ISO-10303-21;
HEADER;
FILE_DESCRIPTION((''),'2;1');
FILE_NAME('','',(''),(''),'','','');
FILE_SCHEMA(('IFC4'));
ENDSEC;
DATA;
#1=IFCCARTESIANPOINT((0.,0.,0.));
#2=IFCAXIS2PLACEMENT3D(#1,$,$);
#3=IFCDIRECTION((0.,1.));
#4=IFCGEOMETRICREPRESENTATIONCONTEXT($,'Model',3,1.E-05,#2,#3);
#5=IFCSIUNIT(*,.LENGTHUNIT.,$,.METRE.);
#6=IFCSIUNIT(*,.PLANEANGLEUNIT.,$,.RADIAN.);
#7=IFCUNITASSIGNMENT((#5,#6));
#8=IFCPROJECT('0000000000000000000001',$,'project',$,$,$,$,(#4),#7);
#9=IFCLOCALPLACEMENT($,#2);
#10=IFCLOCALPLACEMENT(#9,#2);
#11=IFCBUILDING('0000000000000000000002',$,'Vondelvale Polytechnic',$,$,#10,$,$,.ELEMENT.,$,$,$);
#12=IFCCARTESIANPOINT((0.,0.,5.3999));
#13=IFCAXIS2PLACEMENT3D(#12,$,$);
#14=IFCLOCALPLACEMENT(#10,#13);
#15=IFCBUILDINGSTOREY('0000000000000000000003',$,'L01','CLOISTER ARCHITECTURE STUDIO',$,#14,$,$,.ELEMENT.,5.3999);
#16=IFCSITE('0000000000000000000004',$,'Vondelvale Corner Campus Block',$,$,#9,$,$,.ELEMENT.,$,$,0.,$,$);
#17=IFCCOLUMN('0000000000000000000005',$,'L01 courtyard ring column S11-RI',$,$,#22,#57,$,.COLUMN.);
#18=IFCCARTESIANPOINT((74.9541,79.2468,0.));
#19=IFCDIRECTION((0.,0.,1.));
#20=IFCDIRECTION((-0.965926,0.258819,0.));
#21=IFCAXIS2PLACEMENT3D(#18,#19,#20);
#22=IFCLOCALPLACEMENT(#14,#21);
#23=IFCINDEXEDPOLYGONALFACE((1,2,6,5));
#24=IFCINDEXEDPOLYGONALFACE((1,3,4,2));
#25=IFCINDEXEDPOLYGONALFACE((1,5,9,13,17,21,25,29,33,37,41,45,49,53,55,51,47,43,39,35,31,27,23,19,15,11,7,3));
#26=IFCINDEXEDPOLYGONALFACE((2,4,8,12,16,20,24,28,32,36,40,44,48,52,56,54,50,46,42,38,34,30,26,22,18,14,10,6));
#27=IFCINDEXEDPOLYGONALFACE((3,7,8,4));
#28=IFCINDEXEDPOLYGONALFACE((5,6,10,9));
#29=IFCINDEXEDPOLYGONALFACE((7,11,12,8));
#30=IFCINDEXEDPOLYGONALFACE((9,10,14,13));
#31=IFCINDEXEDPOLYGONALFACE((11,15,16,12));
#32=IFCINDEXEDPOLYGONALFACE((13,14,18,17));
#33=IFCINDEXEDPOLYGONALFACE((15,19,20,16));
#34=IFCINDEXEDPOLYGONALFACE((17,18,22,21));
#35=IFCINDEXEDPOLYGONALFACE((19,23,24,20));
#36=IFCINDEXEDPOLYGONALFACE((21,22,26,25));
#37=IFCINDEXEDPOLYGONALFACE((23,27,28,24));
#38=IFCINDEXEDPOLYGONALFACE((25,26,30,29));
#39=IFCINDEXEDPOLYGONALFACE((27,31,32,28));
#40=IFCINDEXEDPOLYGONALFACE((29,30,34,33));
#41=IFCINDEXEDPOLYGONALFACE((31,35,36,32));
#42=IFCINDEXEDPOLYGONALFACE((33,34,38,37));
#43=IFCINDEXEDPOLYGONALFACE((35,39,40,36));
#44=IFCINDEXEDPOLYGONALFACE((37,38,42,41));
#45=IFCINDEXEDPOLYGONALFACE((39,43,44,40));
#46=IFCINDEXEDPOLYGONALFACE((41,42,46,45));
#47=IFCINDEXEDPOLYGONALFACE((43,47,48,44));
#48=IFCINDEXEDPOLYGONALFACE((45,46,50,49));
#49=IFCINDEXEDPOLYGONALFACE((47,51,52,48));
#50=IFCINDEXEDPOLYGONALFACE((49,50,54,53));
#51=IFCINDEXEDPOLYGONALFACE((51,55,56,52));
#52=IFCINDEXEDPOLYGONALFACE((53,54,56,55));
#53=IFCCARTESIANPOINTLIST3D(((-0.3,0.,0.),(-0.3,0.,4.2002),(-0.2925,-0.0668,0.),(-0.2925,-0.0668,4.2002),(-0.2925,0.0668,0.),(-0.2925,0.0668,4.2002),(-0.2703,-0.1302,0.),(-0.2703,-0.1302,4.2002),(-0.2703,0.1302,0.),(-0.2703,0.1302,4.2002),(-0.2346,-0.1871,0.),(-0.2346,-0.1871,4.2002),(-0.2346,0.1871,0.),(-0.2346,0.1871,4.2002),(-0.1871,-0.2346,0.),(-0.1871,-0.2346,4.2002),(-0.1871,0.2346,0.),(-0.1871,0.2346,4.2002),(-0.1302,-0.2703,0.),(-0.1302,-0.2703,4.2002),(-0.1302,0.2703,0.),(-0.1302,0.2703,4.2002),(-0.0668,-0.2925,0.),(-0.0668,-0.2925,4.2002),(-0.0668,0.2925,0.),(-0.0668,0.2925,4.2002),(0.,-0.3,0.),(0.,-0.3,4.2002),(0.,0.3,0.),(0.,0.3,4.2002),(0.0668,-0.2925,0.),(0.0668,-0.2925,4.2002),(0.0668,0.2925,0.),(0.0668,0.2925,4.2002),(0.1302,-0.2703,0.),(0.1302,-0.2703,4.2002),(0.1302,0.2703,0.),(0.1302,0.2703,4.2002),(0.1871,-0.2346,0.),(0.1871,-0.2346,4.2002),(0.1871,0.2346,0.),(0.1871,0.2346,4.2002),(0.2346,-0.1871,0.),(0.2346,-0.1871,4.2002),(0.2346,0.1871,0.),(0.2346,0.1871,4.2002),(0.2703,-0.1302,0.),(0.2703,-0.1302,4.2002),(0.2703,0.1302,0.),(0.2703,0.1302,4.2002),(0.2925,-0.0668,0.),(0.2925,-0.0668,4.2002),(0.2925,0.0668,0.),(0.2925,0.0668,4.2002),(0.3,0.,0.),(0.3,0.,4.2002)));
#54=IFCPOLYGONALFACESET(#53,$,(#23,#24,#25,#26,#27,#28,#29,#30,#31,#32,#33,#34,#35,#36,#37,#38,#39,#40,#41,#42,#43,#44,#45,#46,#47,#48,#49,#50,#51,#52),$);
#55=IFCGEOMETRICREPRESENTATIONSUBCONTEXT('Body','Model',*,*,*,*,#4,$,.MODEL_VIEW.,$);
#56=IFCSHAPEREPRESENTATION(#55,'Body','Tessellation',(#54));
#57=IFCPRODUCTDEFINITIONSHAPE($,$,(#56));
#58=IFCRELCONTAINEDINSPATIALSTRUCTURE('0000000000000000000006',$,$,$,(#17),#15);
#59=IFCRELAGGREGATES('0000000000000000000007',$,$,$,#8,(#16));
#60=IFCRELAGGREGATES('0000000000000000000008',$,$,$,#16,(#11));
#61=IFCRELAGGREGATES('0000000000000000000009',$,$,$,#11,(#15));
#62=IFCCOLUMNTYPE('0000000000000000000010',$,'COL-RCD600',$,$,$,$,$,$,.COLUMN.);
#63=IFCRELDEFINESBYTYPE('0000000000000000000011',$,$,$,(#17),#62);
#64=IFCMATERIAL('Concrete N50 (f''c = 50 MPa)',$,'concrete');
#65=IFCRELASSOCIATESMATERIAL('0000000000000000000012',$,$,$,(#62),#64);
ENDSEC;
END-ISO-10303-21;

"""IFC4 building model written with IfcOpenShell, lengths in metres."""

from ifc_helpers import new_model, si_unit, direction, frame, origin, origin_2d, place, context, subcontext, project, spatial, circle, extrude, material, material_profile, profile_set, type_object, element, save


model = new_model("IFC4")

# Units and contexts
model_context = context("Model", 3, precision=1e-05, world=origin(), true_north=direction((0.0, 1.0)))
body_context = subcontext(model_context, "Body", "Model", "MODEL_VIEW")
ifc_project = project(units=[si_unit("LENGTHUNIT", "METRE"), si_unit("PLANEANGLEUNIT", "RADIAN")], contexts=[model_context])

# Site, building, storey
site_placement = place(None, origin())
site = spatial("IfcSite", under=ifc_project, at=site_placement, Name="Vondelvale Corner Campus Block", CompositionType="ELEMENT", RefElevation=0.0)
building_placement = place(site_placement, origin())
building = spatial("IfcBuilding", under=site, at=building_placement, Name="Vondelvale Polytechnic", CompositionType="ELEMENT")
storey_placement = place(building_placement, frame((0.0, 0.0, 5.3999)))
storey = spatial("IfcBuildingStorey", under=building, at=storey_placement, Name="L01", Description="CLOISTER ARCHITECTURE STUDIO", CompositionType="ELEMENT", Elevation=5.3999)

# Column
ifc_material_1 = material(Name="Concrete N50 (f'c = 50 MPa)", Category="concrete")
ifc_material_profile_1 = material_profile(ifc_material_1, circle(Radius=0.3, at=origin_2d()), Name="RC-COL-D600")
ifc_profile_set_1 = profile_set([ifc_material_profile_1], Name="Concrete N50 (f'c = 50 MPa)")
column_type = type_object("IfcColumnType", Name="COL-RCD600", PredefinedType="COLUMN", material=ifc_profile_set_1)
for number, where, z_axis, x_axis, name in (
    (1, (74.9541, 79.2468, 0.0), (0.0, 0.0, 1.0), (-0.965926, 0.258819, 0.0), "L01 courtyard ring column S11-RI"),
):
    element("IfcColumn", number, at=place(storey_placement, frame(where, z_axis=z_axis, x_axis=x_axis)), inside=storey, type_object=column_type, Name=name, PredefinedType="COLUMN", context=body_context, shape_type="SweptSolid", body=[
        extrude(circle(Radius=0.3, at=origin_2d()), origin(), (0.0, 0.0, 1.0), 4.2002),
    ])

save(model, "model.ifc")
